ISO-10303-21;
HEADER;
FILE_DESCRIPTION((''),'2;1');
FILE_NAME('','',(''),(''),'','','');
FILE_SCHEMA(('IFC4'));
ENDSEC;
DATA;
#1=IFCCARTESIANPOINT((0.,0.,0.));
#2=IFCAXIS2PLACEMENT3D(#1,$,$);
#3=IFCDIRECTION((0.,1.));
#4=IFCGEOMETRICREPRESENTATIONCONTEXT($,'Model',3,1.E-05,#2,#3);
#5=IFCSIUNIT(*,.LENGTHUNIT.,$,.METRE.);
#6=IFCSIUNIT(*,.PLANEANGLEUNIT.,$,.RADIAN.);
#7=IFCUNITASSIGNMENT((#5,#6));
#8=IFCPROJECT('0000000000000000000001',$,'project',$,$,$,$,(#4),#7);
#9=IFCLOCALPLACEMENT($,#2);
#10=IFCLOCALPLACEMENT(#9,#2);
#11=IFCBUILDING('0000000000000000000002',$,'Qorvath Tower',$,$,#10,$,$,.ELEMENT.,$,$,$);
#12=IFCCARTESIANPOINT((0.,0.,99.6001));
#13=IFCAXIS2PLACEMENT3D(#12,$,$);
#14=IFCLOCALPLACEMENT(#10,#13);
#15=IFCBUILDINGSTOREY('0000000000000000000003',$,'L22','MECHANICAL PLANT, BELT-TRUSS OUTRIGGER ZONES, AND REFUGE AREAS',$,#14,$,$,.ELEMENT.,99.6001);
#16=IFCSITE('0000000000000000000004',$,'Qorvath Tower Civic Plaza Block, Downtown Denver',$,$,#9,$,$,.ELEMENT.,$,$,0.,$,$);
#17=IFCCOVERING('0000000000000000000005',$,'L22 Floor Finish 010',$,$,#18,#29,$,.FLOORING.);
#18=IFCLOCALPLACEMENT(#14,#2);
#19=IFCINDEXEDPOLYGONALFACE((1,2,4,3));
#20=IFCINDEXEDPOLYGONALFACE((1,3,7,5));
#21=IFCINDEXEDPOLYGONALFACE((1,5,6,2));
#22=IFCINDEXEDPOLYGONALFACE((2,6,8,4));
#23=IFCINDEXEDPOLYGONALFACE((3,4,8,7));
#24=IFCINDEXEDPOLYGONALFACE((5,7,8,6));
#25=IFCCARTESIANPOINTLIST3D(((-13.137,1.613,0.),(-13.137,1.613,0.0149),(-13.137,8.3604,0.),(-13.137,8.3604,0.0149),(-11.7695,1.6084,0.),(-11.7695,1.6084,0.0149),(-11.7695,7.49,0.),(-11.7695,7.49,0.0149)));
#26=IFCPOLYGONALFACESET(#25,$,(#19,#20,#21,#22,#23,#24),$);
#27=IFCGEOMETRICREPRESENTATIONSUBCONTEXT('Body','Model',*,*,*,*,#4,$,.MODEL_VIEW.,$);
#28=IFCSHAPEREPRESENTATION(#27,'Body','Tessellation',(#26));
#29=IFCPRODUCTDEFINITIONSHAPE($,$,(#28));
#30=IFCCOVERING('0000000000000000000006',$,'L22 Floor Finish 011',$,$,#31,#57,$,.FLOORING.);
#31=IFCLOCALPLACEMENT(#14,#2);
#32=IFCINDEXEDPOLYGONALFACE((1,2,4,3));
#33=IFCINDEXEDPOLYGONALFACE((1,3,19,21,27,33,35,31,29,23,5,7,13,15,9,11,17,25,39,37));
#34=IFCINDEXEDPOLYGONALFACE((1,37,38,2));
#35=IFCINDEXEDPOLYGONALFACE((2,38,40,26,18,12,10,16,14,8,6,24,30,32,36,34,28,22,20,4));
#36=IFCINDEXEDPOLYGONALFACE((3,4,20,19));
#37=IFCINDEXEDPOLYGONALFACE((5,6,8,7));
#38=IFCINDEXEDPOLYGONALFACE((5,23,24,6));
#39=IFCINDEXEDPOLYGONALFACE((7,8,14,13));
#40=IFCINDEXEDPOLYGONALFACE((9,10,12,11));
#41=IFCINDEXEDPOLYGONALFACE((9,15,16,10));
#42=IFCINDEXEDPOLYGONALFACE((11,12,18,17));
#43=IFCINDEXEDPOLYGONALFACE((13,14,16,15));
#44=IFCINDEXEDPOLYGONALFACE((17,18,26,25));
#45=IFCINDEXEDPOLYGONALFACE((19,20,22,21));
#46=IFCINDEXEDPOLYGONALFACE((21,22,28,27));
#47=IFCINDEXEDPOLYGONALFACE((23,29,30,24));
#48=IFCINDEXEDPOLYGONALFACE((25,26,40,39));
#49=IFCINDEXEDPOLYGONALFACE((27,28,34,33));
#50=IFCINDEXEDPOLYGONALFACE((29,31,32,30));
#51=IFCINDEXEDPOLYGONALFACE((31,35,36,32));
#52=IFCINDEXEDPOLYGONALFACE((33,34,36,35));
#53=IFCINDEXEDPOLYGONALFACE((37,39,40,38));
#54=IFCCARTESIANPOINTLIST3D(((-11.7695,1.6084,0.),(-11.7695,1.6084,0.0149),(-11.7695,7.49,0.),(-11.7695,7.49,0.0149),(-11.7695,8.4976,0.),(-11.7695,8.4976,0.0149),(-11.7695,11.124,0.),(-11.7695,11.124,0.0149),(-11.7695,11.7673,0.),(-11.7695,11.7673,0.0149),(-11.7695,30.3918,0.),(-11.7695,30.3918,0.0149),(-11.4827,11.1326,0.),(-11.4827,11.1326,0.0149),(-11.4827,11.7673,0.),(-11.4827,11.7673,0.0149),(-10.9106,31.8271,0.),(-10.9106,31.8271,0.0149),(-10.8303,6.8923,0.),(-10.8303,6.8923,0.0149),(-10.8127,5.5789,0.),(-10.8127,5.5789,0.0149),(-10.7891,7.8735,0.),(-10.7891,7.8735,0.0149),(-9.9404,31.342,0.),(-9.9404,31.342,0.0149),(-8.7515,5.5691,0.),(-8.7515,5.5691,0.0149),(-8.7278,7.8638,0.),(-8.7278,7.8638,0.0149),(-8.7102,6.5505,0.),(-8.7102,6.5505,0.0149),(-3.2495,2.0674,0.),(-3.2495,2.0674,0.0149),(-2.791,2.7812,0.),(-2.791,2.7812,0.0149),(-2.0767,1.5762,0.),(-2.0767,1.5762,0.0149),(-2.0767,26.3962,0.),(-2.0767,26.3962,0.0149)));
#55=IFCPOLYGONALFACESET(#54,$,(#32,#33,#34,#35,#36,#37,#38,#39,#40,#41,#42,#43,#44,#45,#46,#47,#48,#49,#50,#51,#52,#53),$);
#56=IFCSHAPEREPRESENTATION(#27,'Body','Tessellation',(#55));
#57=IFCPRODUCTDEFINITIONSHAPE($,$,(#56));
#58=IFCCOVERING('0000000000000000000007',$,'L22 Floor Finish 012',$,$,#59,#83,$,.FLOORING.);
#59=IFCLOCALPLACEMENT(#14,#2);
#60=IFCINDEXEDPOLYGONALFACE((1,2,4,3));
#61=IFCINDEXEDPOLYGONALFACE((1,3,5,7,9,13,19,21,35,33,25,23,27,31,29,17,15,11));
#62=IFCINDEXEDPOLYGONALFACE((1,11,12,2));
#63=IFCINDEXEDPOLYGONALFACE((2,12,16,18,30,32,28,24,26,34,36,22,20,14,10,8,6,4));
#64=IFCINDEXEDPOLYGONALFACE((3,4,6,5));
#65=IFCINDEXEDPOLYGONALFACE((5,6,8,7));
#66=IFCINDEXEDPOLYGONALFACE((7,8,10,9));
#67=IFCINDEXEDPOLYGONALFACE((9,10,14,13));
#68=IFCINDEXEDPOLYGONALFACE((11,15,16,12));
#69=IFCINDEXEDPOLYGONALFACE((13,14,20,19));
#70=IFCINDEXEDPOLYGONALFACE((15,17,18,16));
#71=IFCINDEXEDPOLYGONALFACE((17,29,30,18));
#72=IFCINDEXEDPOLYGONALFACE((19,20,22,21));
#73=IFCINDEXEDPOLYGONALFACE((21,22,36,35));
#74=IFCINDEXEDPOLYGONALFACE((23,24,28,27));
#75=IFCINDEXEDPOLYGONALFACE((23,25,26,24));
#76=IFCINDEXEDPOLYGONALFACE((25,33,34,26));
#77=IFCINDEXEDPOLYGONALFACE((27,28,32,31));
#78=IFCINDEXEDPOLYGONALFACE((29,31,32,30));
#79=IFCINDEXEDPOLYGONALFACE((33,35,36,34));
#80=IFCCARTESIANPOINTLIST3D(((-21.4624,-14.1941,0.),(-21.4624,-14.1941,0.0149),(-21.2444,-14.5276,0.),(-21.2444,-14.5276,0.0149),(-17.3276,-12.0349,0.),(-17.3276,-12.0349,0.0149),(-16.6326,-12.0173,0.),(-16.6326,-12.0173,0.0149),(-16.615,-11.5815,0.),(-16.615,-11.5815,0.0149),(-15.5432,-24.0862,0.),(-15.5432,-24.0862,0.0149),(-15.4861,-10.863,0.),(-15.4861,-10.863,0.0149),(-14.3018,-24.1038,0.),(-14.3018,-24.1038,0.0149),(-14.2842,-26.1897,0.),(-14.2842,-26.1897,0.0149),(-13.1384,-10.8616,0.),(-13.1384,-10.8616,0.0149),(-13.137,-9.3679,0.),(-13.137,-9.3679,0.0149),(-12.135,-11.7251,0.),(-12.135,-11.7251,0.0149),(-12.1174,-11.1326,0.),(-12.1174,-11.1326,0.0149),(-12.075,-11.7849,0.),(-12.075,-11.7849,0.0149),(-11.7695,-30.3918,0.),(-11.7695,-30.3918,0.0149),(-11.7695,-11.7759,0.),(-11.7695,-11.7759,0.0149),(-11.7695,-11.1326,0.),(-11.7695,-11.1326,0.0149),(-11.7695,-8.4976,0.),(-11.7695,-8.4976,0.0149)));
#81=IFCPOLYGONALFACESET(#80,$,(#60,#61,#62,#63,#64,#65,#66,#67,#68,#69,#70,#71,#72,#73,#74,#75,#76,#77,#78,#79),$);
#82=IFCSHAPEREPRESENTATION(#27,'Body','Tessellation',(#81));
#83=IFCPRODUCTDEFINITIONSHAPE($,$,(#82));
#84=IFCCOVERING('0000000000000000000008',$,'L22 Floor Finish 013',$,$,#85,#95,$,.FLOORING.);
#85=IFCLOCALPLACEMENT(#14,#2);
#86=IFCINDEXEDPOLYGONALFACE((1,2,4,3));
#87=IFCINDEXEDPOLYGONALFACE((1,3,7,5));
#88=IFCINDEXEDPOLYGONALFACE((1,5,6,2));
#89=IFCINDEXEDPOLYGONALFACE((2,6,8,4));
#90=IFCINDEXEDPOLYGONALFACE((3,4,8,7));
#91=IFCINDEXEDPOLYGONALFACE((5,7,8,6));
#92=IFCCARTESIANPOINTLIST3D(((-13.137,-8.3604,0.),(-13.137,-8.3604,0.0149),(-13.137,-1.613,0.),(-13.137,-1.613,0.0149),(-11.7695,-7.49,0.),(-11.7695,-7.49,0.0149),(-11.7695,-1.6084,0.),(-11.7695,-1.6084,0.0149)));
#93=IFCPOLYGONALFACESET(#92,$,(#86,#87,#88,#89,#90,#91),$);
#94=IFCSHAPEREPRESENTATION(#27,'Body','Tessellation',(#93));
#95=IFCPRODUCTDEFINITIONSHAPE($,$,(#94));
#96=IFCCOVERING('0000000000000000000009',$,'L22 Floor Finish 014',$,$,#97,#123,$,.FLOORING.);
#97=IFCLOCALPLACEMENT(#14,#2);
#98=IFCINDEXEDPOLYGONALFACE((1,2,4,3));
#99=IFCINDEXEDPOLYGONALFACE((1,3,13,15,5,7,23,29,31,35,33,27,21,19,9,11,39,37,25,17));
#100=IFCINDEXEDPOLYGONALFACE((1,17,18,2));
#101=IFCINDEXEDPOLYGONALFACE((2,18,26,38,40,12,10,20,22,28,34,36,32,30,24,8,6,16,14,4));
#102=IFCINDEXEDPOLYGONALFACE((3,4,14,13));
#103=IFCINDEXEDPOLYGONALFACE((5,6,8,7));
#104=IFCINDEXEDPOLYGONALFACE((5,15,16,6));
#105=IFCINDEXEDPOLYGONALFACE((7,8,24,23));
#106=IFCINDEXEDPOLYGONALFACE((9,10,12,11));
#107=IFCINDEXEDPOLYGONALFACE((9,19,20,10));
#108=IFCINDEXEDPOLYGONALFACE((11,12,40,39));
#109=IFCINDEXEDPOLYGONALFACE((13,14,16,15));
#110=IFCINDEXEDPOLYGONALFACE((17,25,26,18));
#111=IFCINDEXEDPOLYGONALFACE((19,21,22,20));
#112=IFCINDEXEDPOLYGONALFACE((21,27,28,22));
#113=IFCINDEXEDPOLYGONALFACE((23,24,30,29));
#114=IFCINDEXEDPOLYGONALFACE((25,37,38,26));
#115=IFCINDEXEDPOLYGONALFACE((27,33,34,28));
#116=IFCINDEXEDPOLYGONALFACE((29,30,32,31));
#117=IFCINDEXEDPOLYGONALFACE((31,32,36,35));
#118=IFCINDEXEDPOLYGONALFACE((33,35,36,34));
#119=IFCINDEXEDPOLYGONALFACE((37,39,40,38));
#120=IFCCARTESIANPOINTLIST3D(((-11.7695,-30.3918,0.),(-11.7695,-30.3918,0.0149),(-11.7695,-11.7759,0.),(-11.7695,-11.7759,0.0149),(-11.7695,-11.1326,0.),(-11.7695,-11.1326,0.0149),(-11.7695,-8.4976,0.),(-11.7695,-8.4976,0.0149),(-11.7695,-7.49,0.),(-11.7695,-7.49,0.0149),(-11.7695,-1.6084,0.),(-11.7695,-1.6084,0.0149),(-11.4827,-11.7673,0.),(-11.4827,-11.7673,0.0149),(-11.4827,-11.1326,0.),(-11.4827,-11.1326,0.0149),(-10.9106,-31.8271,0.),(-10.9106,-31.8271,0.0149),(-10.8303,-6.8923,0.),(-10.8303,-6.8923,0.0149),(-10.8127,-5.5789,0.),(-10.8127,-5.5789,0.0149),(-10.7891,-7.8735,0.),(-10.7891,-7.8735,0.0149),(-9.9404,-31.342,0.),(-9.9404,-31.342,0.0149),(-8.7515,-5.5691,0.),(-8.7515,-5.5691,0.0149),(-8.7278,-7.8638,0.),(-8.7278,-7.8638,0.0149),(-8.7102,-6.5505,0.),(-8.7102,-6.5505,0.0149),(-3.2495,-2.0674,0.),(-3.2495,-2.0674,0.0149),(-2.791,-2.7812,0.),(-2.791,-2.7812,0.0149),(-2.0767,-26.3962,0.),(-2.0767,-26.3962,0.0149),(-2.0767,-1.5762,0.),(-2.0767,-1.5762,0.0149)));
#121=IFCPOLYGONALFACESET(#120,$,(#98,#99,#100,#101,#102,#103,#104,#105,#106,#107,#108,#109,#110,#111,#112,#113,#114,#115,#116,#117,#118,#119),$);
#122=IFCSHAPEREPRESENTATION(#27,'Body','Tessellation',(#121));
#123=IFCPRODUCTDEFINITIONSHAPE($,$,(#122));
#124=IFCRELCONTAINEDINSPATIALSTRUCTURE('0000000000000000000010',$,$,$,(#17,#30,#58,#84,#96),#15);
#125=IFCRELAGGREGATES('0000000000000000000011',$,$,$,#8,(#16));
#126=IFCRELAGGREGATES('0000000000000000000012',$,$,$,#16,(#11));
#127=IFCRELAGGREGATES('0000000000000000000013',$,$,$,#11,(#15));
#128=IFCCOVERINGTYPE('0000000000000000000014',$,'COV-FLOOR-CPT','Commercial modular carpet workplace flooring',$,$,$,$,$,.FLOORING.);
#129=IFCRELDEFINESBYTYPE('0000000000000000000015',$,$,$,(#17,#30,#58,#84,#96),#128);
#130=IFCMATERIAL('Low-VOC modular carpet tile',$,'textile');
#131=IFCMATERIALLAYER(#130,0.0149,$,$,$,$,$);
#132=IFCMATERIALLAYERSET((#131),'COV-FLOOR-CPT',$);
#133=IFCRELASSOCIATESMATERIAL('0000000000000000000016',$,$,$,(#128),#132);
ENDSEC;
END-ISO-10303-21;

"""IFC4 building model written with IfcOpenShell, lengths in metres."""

from ifc_helpers import new_model, si_unit, direction, frame, origin, place, context, subcontext, project, spatial, polyline, outline, extrude, material, layer, layer_set, type_object, element, save


model = new_model("IFC4")

# Units and contexts
model_context = context("Model", 3, precision=1e-05, world=origin(), true_north=direction((0.0, 1.0)))
body_context = subcontext(model_context, "Body", "Model", "MODEL_VIEW")
ifc_project = project(units=[si_unit("LENGTHUNIT", "METRE"), si_unit("PLANEANGLEUNIT", "RADIAN")], contexts=[model_context])

# Site, building, storey
site_placement = place(None, origin())
site = spatial("IfcSite", under=ifc_project, at=site_placement, Name="Qorvath Tower Civic Plaza Block, Downtown Denver", CompositionType="ELEMENT", RefElevation=0.0)
building_placement = place(site_placement, origin())
building = spatial("IfcBuilding", under=site, at=building_placement, Name="Qorvath Tower", CompositionType="ELEMENT")
storey_placement = place(building_placement, frame((0.0, 0.0, 99.6001)))
storey = spatial("IfcBuildingStorey", under=building, at=storey_placement, Name="L22", Description="MECHANICAL PLANT, BELT-TRUSS OUTRIGGER ZONES, AND REFUGE AREAS", CompositionType="ELEMENT", Elevation=99.6001)

# Coverings
ifc_material_1 = material(Name="Low-VOC modular carpet tile", Category="textile")
ifc_layer_1 = layer(ifc_material_1, 0.0149)
ifc_layer_set_1 = layer_set([ifc_layer_1], Name="COV-FLOOR-CPT")
covering_type = type_object("IfcCoveringType", Name="COV-FLOOR-CPT", Description="Commercial modular carpet workplace flooring", PredefinedType="FLOORING", material=ifc_layer_set_1)
covering_1_placement = place(storey_placement, origin())
element("IfcCovering", 1, at=covering_1_placement, inside=storey, type_object=covering_type, Name="L22 Floor Finish 010", PredefinedType="FLOORING", context=body_context, shape_type="SweptSolid", body=[
    extrude(outline(polyline([(-11.7695, 1.6084), (-11.7695, 7.49), (-13.137, 8.3604), (-13.137, 1.613), (-11.7695, 1.6084)])), origin(), (0.0, 0.0, 1.0), 0.0149),
])
covering_2_placement = place(storey_placement, origin())
element("IfcCovering", 2, at=covering_2_placement, inside=storey, type_object=covering_type, Name="L22 Floor Finish 011", PredefinedType="FLOORING", context=body_context, shape_type="SweptSolid", body=[
    extrude(outline(polyline([(-2.0767, 1.5762), (-2.0767, 26.3962), (-9.9404, 31.342), (-10.9106, 31.8271), (-11.7695, 30.3918), (-11.7695, 11.7673), (-11.4827, 11.7673), (-11.4827, 11.1326), (-11.7695, 11.124), (-11.7695, 8.4976), (-10.7891, 7.8735), (-8.7278, 7.8638), (-8.7102, 6.5505), (-2.791, 2.7812), (-3.2495, 2.0674), (-8.7515, 5.5691), (-10.8127, 5.5789), (-10.8303, 6.8923), (-11.7695, 7.49), (-11.7695, 1.6084), (-2.0767, 1.5762)])), origin(), (0.0, 0.0, 1.0), 0.0149),
])
covering_3_placement = place(storey_placement, origin())
element("IfcCovering", 3, at=covering_3_placement, inside=storey, type_object=covering_type, Name="L22 Floor Finish 012", PredefinedType="FLOORING", context=body_context, shape_type="SweptSolid", body=[
    extrude(outline(polyline([(-11.7695, -30.3918), (-11.7695, -11.7759), (-12.075, -11.7849), (-12.135, -11.7251), (-12.1174, -11.1326), (-11.7695, -11.1326), (-11.7695, -8.4976), (-13.137, -9.3679), (-13.1384, -10.8616), (-15.4861, -10.863), (-16.615, -11.5815), (-16.6326, -12.0173), (-17.3276, -12.0349), (-21.2444, -14.5276), (-21.4624, -14.1941), (-15.5432, -24.0862), (-14.3018, -24.1038), (-14.2842, -26.1897), (-11.7695, -30.3918)])), origin(), (0.0, 0.0, 1.0), 0.0149),
])
covering_4_placement = place(storey_placement, origin())
element("IfcCovering", 4, at=covering_4_placement, inside=storey, type_object=covering_type, Name="L22 Floor Finish 013", PredefinedType="FLOORING", context=body_context, shape_type="SweptSolid", body=[
    extrude(outline(polyline([(-11.7695, -7.49), (-11.7695, -1.6084), (-13.137, -1.613), (-13.137, -8.3604), (-11.7695, -7.49)])), origin(), (0.0, 0.0, 1.0), 0.0149),
])
covering_5_placement = place(storey_placement, origin())
element("IfcCovering", 5, at=covering_5_placement, inside=storey, type_object=covering_type, Name="L22 Floor Finish 014", PredefinedType="FLOORING", context=body_context, shape_type="SweptSolid", body=[
    extrude(outline(polyline([(-2.0767, -26.3962), (-2.0767, -1.5762), (-11.7695, -1.6084), (-11.7695, -7.49), (-10.8303, -6.8923), (-10.8127, -5.5789), (-8.7515, -5.5691), (-3.2495, -2.0674), (-2.791, -2.7812), (-8.7102, -6.5505), (-8.7278, -7.8638), (-10.7891, -7.8735), (-11.7695, -8.4976), (-11.7695, -11.1326), (-11.4827, -11.1326), (-11.4827, -11.7673), (-11.7695, -11.7759), (-11.7695, -30.3918), (-10.9106, -31.8271), (-9.9404, -31.342), (-2.0767, -26.3962)])), origin(), (0.0, 0.0, 1.0), 0.0149),
])

save(model, "model.ifc")
